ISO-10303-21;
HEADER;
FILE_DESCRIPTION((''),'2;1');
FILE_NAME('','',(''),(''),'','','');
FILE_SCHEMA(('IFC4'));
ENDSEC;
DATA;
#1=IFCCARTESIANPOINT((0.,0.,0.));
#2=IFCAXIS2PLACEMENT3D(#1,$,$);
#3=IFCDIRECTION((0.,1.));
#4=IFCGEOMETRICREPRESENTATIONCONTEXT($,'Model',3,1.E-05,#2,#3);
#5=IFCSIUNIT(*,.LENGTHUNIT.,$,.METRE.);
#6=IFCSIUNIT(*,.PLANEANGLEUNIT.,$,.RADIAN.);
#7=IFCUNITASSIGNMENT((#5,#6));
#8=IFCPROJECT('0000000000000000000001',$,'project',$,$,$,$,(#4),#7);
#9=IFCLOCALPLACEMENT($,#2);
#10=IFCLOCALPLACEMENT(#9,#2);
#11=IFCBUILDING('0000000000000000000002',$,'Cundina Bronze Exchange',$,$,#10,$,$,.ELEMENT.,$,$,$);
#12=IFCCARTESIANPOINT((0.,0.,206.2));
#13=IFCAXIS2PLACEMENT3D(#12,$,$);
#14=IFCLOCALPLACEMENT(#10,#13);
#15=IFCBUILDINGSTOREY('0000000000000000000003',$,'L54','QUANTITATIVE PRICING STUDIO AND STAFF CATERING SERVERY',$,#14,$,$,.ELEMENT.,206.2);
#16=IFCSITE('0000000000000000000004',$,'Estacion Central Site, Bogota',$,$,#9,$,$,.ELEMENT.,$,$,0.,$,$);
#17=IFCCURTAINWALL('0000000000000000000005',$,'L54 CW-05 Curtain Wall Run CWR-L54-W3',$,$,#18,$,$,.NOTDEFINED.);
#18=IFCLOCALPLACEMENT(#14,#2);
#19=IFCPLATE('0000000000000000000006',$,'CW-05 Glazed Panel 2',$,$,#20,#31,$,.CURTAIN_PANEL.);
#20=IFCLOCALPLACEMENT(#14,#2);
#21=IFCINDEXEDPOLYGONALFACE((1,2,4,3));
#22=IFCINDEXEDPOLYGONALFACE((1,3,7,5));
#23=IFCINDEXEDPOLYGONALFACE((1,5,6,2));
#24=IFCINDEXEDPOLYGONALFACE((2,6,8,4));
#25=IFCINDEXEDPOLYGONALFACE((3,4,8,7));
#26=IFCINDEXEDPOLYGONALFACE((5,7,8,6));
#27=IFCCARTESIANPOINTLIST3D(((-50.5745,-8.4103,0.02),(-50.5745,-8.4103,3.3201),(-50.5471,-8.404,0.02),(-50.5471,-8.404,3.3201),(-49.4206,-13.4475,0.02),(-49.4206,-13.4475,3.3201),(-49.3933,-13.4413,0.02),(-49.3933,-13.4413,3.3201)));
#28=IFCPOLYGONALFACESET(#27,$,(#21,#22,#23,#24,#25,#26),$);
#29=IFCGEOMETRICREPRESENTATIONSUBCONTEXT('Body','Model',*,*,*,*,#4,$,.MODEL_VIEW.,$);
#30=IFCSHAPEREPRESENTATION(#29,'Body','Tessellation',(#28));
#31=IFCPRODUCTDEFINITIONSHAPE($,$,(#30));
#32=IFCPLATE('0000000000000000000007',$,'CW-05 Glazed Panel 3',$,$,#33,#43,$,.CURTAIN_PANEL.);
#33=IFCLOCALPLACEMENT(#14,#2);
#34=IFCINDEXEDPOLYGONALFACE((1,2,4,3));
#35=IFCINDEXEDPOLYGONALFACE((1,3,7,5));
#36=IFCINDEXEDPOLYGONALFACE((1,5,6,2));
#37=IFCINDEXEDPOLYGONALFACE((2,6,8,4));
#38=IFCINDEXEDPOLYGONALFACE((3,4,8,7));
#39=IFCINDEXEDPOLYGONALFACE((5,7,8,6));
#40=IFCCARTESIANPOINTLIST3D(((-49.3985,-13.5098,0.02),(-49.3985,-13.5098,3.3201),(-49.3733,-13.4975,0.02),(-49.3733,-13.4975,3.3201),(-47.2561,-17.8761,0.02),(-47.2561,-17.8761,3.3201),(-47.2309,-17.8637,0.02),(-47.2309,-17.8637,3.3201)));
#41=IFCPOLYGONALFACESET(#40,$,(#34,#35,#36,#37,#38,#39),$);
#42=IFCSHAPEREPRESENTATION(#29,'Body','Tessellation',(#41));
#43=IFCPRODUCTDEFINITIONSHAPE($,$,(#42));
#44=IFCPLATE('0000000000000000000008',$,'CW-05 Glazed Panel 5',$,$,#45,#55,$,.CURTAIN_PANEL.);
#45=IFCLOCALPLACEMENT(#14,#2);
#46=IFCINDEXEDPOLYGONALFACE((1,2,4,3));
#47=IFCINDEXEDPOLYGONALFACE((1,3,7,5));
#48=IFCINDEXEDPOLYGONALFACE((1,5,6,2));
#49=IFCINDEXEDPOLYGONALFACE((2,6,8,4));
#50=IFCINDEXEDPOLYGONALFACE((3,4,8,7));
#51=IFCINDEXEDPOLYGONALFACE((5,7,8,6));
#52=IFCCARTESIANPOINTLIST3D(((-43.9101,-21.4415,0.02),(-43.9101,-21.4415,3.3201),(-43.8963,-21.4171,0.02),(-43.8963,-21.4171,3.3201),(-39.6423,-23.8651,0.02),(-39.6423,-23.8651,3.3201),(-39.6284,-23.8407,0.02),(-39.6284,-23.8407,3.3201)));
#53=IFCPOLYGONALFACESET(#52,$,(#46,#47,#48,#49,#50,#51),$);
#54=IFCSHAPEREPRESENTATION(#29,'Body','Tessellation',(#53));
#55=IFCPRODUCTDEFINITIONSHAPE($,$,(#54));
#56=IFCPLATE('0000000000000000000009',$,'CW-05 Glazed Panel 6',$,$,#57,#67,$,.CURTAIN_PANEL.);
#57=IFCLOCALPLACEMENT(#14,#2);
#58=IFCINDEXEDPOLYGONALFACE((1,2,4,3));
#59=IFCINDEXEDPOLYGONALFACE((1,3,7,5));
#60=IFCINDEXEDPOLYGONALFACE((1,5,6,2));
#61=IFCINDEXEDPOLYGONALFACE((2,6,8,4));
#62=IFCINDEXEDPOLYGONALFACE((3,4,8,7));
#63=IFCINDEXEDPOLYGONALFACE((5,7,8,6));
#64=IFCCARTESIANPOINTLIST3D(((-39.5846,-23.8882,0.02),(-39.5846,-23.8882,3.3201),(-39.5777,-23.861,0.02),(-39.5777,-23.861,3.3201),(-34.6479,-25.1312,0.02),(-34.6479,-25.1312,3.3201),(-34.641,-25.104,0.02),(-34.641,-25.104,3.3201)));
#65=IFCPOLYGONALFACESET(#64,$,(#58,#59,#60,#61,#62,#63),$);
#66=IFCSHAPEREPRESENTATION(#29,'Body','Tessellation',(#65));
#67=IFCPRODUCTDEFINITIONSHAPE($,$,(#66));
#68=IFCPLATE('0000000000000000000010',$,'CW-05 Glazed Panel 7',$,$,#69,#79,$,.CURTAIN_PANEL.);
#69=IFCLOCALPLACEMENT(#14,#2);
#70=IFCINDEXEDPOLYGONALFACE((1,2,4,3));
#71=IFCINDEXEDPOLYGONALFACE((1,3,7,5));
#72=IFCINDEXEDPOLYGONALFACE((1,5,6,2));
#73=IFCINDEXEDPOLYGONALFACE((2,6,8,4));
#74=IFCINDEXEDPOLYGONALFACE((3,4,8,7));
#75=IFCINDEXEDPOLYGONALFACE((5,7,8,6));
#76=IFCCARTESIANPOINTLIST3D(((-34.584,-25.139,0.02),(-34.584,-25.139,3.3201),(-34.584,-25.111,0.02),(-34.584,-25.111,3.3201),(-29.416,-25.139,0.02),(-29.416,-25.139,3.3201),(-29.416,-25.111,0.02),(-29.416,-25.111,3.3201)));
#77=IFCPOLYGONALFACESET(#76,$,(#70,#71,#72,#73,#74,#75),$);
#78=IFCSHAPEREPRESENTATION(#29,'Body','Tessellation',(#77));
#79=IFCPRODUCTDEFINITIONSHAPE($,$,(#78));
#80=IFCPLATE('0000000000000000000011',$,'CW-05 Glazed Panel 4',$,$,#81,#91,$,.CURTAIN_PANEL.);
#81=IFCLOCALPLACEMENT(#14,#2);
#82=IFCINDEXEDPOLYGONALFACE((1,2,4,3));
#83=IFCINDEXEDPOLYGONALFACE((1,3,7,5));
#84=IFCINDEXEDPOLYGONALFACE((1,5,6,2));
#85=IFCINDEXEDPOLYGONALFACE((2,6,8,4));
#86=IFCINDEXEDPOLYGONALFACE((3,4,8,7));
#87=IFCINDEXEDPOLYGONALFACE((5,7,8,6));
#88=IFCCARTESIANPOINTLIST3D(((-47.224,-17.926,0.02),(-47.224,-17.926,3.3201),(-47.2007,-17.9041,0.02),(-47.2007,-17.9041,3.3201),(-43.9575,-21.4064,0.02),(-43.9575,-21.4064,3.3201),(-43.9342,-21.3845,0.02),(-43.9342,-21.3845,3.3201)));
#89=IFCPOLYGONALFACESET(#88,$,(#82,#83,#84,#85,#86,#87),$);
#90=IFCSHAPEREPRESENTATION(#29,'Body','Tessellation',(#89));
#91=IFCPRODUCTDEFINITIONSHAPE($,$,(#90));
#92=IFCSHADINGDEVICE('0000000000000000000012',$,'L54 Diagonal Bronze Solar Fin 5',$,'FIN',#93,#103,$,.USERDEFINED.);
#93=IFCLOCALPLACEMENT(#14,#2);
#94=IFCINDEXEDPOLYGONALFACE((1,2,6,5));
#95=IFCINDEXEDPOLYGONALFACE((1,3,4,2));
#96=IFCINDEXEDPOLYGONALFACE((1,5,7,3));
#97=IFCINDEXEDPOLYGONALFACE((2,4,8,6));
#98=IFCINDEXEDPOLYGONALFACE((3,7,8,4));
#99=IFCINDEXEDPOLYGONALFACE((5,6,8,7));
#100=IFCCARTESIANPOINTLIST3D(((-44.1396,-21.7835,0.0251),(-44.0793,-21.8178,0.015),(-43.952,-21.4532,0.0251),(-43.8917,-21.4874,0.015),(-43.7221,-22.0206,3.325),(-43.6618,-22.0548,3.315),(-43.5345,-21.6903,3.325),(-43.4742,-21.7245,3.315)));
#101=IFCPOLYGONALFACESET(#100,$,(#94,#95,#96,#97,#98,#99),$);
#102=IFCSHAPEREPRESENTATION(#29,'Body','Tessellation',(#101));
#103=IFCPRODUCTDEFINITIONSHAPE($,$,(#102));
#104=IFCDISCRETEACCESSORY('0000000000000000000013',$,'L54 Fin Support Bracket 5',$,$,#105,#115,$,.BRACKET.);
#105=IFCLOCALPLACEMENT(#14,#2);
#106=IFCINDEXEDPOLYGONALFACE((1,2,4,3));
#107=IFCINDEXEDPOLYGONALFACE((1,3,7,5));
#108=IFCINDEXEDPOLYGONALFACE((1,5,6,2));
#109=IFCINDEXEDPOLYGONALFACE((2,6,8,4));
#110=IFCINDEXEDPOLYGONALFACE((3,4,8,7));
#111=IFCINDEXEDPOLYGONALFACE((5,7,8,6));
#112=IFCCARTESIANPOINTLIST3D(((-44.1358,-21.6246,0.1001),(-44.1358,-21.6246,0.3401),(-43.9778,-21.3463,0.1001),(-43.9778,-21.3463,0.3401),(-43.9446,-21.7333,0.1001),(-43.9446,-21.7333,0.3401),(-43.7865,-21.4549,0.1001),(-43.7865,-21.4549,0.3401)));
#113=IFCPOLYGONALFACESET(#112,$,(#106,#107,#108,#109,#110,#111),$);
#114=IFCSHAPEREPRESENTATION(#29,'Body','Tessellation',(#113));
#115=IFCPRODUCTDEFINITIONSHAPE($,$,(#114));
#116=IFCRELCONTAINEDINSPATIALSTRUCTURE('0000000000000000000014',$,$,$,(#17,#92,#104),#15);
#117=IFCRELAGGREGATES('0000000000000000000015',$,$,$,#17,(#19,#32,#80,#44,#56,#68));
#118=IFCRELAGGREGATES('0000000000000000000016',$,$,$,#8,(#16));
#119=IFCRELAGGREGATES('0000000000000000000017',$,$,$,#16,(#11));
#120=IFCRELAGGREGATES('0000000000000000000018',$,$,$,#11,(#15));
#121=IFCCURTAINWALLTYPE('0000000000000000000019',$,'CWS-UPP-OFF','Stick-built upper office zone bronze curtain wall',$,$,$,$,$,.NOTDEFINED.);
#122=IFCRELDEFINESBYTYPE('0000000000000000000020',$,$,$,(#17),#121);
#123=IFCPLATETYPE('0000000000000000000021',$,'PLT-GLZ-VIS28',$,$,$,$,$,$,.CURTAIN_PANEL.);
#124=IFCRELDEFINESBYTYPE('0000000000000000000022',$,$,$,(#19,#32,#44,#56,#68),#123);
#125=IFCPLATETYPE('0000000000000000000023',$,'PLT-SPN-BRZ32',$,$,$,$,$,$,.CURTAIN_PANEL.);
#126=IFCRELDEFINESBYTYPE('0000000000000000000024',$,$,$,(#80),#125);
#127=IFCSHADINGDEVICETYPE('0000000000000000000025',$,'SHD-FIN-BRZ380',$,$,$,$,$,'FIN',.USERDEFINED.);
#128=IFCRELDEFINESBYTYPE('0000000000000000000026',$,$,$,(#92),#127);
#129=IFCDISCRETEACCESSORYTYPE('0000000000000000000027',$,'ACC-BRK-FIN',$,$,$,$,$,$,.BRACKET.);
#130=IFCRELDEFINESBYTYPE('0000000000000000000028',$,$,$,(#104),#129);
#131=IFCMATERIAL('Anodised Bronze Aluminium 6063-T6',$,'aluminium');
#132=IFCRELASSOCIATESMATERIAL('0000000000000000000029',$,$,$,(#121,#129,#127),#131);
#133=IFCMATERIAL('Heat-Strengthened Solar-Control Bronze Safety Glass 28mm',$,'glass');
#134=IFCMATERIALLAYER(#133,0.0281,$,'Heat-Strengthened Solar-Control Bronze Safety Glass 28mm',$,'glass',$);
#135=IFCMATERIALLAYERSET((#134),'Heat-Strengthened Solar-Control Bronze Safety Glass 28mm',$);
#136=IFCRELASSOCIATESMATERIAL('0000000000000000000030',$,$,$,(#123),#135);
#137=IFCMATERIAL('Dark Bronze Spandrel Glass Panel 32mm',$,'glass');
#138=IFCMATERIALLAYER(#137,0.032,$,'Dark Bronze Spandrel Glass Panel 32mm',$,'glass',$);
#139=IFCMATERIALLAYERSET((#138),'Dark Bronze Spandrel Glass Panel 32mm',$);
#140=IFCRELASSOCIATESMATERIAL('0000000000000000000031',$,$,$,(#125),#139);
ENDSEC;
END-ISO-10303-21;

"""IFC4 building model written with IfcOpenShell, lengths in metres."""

from ifc_helpers import new_model, si_unit, direction, frame, origin, origin_2d, place, context, subcontext, project, spatial, rectangle, extrude, material, layer, layer_set, material_profile, profile_set, type_object, element, aggregate, save


model = new_model("IFC4")

# Units and contexts
model_context = context("Model", 3, precision=1e-05, world=origin(), true_north=direction((0.0, 1.0)))
body_context = subcontext(model_context, "Body", "Model", "MODEL_VIEW")
ifc_project = project(units=[si_unit("LENGTHUNIT", "METRE"), si_unit("PLANEANGLEUNIT", "RADIAN")], contexts=[model_context])

# Site, building, storey
site_placement = place(None, origin())
site = spatial("IfcSite", under=ifc_project, at=site_placement, Name="Estacion Central Site, Bogota", CompositionType="ELEMENT", RefElevation=0.0)
building_placement = place(site_placement, origin())
building = spatial("IfcBuilding", under=site, at=building_placement, Name="Cundina Bronze Exchange", CompositionType="ELEMENT")
storey_placement = place(building_placement, frame((0.0, 0.0, 206.2)))
storey = spatial("IfcBuildingStorey", under=building, at=storey_placement, Name="L54", Description="QUANTITATIVE PRICING STUDIO AND STAFF CATERING SERVERY", CompositionType="ELEMENT", Elevation=206.2)

# Curtain wall
ifc_material_1 = material(Name="Anodised Bronze Aluminium 6063-T6", Category="aluminium")
curtain_wall_type = type_object("IfcCurtainWallType", Name="CWS-UPP-OFF", Description="Stick-built upper office zone bronze curtain wall", PredefinedType="NOTDEFINED", material=ifc_material_1)
curtain_wall_1_placement = place(storey_placement, origin())
curtain_wall_1 = element("IfcCurtainWall", 1, at=curtain_wall_1_placement, inside=storey, type_object=curtain_wall_type, Name="L54 CW-05 Curtain Wall Run CWR-L54-W3", PredefinedType="NOTDEFINED")

# Plates
ifc_material_2 = material(Name="Heat-Strengthened Solar-Control Bronze Safety Glass 28mm", Category="glass")
ifc_layer_1 = layer(ifc_material_2, 0.0281, Name="Heat-Strengthened Solar-Control Bronze Safety Glass 28mm", Category="glass")
ifc_layer_set_1 = layer_set([ifc_layer_1], Name="Heat-Strengthened Solar-Control Bronze Safety Glass 28mm")
plate_type_1 = type_object("IfcPlateType", Name="PLT-GLZ-VIS28", PredefinedType="CURTAIN_PANEL", material=ifc_layer_set_1)
plate_1_placement = place(storey_placement, frame((-49.9839, -10.9258, 0.02), z_axis=(0.0, 0.0, 1.0), x_axis=(0.223284, -0.974753, 0.0)))
plate_1 = element("IfcPlate", 2, at=plate_1_placement, type_object=plate_type_1, Name="CW-05 Glazed Panel 2", PredefinedType="CURTAIN_PANEL", context=body_context, shape_type="SweptSolid", body=[
    extrude(rectangle(XDim=5.1677, YDim=0.0281, at=origin_2d()), origin(), (0.0, 0.0, 1.0), 3.3),
])
plate_2_placement = place(storey_placement, frame((-48.3147, -15.6868, 0.02), z_axis=(0.0, 0.0, 1.0), x_axis=(0.440503, -0.897751, 0.0)))
plate_2 = element("IfcPlate", 3, at=plate_2_placement, type_object=plate_type_1, Name="CW-05 Glazed Panel 3", PredefinedType="CURTAIN_PANEL", context=body_context, shape_type="SweptSolid", body=[
    extrude(rectangle(XDim=4.8635, YDim=0.0281, at=origin_2d()), origin(), (0.0, 0.0, 1.0), 3.3),
])
plate_3_placement = place(storey_placement, frame((-41.7693, -22.6411, 0.02), z_axis=(0.0, 0.0, 1.0), x_axis=(0.869573, -0.493805, 0.0)))
plate_3 = element("IfcPlate", 4, at=plate_3_placement, type_object=plate_type_1, Name="CW-05 Glazed Panel 5", PredefinedType="CURTAIN_PANEL", context=body_context, shape_type="SweptSolid", body=[
    extrude(rectangle(XDim=4.908, YDim=0.0281, at=origin_2d()), origin(), (0.0, 0.0, 1.0), 3.3),
])
plate_4_placement = place(storey_placement, frame((-37.1128, -24.4961, 0.02), z_axis=(0.0, 0.0, 1.0), x_axis=(0.969732, -0.244174, 0.0)))
plate_4 = element("IfcPlate", 5, at=plate_4_placement, type_object=plate_type_1, Name="CW-05 Glazed Panel 6", PredefinedType="CURTAIN_PANEL", context=body_context, shape_type="SweptSolid", body=[
    extrude(rectangle(XDim=5.0908, YDim=0.0281, at=origin_2d()), origin(), (0.0, 0.0, 1.0), 3.3),
])
plate_5_placement = place(storey_placement, frame((-32.0, -25.125, 0.02), z_axis=(0.0, 0.0, 1.0), x_axis=(1.0, 0.0, 0.0)))
plate_5 = element("IfcPlate", 6, at=plate_5_placement, type_object=plate_type_1, Name="CW-05 Glazed Panel 7", PredefinedType="CURTAIN_PANEL", context=body_context, shape_type="SweptSolid", body=[
    extrude(rectangle(XDim=5.168, YDim=0.0281, at=origin_2d()), origin(), (0.0, 0.0, 1.0), 3.3),
])
ifc_material_3 = material(Name="Dark Bronze Spandrel Glass Panel 32mm", Category="glass")
ifc_layer_2 = layer(ifc_material_3, 0.032, Name="Dark Bronze Spandrel Glass Panel 32mm", Category="glass")
ifc_layer_set_2 = layer_set([ifc_layer_2], Name="Dark Bronze Spandrel Glass Panel 32mm")
plate_type_2 = type_object("IfcPlateType", Name="PLT-SPN-BRZ32", PredefinedType="CURTAIN_PANEL", material=ifc_layer_set_2)
plate_6_placement = place(storey_placement, frame((-45.5791, -19.6553, 0.02), z_axis=(0.0, 0.0, 1.0), x_axis=(0.684344, -0.72916, 0.0)))
plate_6 = element("IfcPlate", 7, at=plate_6_placement, type_object=plate_type_2, Name="CW-05 Glazed Panel 4", PredefinedType="CURTAIN_PANEL", context=body_context, shape_type="SweptSolid", body=[
    extrude(rectangle(XDim=4.7732, YDim=0.032, at=origin_2d()), origin(), (0.0, 0.0, 1.0), 3.3),
])
aggregate(curtain_wall_1, [plate_1, plate_2, plate_6, plate_3, plate_4, plate_5])

# Shading device
ifc_material_profile_1 = material_profile(ifc_material_1, rectangle(XDim=0.0701, YDim=0.3799, at=origin_2d()), Name="FIN70X380", Category="aluminium")
ifc_profile_set_1 = profile_set([ifc_material_profile_1], Name="Anodised Bronze Aluminium 6063-T6")
shading_device_type = type_object("IfcShadingDeviceType", Name="SHD-FIN-BRZ380", ElementType="FIN", PredefinedType="USERDEFINED", material=ifc_profile_set_1)
shading_device_placement = place(storey_placement, frame((-44.0156, -21.6355, 0.02), z_axis=(0.12519, -0.071087, 0.989583), x_axis=(-0.860527, 0.488638, 0.143965)))
element("IfcShadingDevice", 8, at=shading_device_placement, inside=storey, type_object=shading_device_type, Name="L54 Diagonal Bronze Solar Fin 5", ObjectType="FIN", PredefinedType="USERDEFINED", context=body_context, shape_type="SweptSolid", body=[
    extrude(rectangle(XDim=0.0701, YDim=0.3799, at=origin_2d()), origin(), (0.0, 0.0, 1.0), 3.3347),
])

# Discrete accessory
discrete_accessory_type = type_object("IfcDiscreteAccessoryType", Name="ACC-BRK-FIN", PredefinedType="BRACKET", material=ifc_material_1)
discrete_accessory_placement = place(storey_placement, frame((-43.9612, -21.5398, 0.1001), z_axis=(0.0, 0.0, 1.0), x_axis=(0.869573, -0.493805, 0.0)))
element("IfcDiscreteAccessory", 9, at=discrete_accessory_placement, inside=storey, type_object=discrete_accessory_type, Name="L54 Fin Support Bracket 5", PredefinedType="BRACKET", context=body_context, shape_type="SweptSolid", body=[
    extrude(rectangle(XDim=0.22, YDim=0.3201, at=origin_2d()), origin(), (0.0, 0.0, 1.0), 0.24),
])

save(model, "model.ifc")
